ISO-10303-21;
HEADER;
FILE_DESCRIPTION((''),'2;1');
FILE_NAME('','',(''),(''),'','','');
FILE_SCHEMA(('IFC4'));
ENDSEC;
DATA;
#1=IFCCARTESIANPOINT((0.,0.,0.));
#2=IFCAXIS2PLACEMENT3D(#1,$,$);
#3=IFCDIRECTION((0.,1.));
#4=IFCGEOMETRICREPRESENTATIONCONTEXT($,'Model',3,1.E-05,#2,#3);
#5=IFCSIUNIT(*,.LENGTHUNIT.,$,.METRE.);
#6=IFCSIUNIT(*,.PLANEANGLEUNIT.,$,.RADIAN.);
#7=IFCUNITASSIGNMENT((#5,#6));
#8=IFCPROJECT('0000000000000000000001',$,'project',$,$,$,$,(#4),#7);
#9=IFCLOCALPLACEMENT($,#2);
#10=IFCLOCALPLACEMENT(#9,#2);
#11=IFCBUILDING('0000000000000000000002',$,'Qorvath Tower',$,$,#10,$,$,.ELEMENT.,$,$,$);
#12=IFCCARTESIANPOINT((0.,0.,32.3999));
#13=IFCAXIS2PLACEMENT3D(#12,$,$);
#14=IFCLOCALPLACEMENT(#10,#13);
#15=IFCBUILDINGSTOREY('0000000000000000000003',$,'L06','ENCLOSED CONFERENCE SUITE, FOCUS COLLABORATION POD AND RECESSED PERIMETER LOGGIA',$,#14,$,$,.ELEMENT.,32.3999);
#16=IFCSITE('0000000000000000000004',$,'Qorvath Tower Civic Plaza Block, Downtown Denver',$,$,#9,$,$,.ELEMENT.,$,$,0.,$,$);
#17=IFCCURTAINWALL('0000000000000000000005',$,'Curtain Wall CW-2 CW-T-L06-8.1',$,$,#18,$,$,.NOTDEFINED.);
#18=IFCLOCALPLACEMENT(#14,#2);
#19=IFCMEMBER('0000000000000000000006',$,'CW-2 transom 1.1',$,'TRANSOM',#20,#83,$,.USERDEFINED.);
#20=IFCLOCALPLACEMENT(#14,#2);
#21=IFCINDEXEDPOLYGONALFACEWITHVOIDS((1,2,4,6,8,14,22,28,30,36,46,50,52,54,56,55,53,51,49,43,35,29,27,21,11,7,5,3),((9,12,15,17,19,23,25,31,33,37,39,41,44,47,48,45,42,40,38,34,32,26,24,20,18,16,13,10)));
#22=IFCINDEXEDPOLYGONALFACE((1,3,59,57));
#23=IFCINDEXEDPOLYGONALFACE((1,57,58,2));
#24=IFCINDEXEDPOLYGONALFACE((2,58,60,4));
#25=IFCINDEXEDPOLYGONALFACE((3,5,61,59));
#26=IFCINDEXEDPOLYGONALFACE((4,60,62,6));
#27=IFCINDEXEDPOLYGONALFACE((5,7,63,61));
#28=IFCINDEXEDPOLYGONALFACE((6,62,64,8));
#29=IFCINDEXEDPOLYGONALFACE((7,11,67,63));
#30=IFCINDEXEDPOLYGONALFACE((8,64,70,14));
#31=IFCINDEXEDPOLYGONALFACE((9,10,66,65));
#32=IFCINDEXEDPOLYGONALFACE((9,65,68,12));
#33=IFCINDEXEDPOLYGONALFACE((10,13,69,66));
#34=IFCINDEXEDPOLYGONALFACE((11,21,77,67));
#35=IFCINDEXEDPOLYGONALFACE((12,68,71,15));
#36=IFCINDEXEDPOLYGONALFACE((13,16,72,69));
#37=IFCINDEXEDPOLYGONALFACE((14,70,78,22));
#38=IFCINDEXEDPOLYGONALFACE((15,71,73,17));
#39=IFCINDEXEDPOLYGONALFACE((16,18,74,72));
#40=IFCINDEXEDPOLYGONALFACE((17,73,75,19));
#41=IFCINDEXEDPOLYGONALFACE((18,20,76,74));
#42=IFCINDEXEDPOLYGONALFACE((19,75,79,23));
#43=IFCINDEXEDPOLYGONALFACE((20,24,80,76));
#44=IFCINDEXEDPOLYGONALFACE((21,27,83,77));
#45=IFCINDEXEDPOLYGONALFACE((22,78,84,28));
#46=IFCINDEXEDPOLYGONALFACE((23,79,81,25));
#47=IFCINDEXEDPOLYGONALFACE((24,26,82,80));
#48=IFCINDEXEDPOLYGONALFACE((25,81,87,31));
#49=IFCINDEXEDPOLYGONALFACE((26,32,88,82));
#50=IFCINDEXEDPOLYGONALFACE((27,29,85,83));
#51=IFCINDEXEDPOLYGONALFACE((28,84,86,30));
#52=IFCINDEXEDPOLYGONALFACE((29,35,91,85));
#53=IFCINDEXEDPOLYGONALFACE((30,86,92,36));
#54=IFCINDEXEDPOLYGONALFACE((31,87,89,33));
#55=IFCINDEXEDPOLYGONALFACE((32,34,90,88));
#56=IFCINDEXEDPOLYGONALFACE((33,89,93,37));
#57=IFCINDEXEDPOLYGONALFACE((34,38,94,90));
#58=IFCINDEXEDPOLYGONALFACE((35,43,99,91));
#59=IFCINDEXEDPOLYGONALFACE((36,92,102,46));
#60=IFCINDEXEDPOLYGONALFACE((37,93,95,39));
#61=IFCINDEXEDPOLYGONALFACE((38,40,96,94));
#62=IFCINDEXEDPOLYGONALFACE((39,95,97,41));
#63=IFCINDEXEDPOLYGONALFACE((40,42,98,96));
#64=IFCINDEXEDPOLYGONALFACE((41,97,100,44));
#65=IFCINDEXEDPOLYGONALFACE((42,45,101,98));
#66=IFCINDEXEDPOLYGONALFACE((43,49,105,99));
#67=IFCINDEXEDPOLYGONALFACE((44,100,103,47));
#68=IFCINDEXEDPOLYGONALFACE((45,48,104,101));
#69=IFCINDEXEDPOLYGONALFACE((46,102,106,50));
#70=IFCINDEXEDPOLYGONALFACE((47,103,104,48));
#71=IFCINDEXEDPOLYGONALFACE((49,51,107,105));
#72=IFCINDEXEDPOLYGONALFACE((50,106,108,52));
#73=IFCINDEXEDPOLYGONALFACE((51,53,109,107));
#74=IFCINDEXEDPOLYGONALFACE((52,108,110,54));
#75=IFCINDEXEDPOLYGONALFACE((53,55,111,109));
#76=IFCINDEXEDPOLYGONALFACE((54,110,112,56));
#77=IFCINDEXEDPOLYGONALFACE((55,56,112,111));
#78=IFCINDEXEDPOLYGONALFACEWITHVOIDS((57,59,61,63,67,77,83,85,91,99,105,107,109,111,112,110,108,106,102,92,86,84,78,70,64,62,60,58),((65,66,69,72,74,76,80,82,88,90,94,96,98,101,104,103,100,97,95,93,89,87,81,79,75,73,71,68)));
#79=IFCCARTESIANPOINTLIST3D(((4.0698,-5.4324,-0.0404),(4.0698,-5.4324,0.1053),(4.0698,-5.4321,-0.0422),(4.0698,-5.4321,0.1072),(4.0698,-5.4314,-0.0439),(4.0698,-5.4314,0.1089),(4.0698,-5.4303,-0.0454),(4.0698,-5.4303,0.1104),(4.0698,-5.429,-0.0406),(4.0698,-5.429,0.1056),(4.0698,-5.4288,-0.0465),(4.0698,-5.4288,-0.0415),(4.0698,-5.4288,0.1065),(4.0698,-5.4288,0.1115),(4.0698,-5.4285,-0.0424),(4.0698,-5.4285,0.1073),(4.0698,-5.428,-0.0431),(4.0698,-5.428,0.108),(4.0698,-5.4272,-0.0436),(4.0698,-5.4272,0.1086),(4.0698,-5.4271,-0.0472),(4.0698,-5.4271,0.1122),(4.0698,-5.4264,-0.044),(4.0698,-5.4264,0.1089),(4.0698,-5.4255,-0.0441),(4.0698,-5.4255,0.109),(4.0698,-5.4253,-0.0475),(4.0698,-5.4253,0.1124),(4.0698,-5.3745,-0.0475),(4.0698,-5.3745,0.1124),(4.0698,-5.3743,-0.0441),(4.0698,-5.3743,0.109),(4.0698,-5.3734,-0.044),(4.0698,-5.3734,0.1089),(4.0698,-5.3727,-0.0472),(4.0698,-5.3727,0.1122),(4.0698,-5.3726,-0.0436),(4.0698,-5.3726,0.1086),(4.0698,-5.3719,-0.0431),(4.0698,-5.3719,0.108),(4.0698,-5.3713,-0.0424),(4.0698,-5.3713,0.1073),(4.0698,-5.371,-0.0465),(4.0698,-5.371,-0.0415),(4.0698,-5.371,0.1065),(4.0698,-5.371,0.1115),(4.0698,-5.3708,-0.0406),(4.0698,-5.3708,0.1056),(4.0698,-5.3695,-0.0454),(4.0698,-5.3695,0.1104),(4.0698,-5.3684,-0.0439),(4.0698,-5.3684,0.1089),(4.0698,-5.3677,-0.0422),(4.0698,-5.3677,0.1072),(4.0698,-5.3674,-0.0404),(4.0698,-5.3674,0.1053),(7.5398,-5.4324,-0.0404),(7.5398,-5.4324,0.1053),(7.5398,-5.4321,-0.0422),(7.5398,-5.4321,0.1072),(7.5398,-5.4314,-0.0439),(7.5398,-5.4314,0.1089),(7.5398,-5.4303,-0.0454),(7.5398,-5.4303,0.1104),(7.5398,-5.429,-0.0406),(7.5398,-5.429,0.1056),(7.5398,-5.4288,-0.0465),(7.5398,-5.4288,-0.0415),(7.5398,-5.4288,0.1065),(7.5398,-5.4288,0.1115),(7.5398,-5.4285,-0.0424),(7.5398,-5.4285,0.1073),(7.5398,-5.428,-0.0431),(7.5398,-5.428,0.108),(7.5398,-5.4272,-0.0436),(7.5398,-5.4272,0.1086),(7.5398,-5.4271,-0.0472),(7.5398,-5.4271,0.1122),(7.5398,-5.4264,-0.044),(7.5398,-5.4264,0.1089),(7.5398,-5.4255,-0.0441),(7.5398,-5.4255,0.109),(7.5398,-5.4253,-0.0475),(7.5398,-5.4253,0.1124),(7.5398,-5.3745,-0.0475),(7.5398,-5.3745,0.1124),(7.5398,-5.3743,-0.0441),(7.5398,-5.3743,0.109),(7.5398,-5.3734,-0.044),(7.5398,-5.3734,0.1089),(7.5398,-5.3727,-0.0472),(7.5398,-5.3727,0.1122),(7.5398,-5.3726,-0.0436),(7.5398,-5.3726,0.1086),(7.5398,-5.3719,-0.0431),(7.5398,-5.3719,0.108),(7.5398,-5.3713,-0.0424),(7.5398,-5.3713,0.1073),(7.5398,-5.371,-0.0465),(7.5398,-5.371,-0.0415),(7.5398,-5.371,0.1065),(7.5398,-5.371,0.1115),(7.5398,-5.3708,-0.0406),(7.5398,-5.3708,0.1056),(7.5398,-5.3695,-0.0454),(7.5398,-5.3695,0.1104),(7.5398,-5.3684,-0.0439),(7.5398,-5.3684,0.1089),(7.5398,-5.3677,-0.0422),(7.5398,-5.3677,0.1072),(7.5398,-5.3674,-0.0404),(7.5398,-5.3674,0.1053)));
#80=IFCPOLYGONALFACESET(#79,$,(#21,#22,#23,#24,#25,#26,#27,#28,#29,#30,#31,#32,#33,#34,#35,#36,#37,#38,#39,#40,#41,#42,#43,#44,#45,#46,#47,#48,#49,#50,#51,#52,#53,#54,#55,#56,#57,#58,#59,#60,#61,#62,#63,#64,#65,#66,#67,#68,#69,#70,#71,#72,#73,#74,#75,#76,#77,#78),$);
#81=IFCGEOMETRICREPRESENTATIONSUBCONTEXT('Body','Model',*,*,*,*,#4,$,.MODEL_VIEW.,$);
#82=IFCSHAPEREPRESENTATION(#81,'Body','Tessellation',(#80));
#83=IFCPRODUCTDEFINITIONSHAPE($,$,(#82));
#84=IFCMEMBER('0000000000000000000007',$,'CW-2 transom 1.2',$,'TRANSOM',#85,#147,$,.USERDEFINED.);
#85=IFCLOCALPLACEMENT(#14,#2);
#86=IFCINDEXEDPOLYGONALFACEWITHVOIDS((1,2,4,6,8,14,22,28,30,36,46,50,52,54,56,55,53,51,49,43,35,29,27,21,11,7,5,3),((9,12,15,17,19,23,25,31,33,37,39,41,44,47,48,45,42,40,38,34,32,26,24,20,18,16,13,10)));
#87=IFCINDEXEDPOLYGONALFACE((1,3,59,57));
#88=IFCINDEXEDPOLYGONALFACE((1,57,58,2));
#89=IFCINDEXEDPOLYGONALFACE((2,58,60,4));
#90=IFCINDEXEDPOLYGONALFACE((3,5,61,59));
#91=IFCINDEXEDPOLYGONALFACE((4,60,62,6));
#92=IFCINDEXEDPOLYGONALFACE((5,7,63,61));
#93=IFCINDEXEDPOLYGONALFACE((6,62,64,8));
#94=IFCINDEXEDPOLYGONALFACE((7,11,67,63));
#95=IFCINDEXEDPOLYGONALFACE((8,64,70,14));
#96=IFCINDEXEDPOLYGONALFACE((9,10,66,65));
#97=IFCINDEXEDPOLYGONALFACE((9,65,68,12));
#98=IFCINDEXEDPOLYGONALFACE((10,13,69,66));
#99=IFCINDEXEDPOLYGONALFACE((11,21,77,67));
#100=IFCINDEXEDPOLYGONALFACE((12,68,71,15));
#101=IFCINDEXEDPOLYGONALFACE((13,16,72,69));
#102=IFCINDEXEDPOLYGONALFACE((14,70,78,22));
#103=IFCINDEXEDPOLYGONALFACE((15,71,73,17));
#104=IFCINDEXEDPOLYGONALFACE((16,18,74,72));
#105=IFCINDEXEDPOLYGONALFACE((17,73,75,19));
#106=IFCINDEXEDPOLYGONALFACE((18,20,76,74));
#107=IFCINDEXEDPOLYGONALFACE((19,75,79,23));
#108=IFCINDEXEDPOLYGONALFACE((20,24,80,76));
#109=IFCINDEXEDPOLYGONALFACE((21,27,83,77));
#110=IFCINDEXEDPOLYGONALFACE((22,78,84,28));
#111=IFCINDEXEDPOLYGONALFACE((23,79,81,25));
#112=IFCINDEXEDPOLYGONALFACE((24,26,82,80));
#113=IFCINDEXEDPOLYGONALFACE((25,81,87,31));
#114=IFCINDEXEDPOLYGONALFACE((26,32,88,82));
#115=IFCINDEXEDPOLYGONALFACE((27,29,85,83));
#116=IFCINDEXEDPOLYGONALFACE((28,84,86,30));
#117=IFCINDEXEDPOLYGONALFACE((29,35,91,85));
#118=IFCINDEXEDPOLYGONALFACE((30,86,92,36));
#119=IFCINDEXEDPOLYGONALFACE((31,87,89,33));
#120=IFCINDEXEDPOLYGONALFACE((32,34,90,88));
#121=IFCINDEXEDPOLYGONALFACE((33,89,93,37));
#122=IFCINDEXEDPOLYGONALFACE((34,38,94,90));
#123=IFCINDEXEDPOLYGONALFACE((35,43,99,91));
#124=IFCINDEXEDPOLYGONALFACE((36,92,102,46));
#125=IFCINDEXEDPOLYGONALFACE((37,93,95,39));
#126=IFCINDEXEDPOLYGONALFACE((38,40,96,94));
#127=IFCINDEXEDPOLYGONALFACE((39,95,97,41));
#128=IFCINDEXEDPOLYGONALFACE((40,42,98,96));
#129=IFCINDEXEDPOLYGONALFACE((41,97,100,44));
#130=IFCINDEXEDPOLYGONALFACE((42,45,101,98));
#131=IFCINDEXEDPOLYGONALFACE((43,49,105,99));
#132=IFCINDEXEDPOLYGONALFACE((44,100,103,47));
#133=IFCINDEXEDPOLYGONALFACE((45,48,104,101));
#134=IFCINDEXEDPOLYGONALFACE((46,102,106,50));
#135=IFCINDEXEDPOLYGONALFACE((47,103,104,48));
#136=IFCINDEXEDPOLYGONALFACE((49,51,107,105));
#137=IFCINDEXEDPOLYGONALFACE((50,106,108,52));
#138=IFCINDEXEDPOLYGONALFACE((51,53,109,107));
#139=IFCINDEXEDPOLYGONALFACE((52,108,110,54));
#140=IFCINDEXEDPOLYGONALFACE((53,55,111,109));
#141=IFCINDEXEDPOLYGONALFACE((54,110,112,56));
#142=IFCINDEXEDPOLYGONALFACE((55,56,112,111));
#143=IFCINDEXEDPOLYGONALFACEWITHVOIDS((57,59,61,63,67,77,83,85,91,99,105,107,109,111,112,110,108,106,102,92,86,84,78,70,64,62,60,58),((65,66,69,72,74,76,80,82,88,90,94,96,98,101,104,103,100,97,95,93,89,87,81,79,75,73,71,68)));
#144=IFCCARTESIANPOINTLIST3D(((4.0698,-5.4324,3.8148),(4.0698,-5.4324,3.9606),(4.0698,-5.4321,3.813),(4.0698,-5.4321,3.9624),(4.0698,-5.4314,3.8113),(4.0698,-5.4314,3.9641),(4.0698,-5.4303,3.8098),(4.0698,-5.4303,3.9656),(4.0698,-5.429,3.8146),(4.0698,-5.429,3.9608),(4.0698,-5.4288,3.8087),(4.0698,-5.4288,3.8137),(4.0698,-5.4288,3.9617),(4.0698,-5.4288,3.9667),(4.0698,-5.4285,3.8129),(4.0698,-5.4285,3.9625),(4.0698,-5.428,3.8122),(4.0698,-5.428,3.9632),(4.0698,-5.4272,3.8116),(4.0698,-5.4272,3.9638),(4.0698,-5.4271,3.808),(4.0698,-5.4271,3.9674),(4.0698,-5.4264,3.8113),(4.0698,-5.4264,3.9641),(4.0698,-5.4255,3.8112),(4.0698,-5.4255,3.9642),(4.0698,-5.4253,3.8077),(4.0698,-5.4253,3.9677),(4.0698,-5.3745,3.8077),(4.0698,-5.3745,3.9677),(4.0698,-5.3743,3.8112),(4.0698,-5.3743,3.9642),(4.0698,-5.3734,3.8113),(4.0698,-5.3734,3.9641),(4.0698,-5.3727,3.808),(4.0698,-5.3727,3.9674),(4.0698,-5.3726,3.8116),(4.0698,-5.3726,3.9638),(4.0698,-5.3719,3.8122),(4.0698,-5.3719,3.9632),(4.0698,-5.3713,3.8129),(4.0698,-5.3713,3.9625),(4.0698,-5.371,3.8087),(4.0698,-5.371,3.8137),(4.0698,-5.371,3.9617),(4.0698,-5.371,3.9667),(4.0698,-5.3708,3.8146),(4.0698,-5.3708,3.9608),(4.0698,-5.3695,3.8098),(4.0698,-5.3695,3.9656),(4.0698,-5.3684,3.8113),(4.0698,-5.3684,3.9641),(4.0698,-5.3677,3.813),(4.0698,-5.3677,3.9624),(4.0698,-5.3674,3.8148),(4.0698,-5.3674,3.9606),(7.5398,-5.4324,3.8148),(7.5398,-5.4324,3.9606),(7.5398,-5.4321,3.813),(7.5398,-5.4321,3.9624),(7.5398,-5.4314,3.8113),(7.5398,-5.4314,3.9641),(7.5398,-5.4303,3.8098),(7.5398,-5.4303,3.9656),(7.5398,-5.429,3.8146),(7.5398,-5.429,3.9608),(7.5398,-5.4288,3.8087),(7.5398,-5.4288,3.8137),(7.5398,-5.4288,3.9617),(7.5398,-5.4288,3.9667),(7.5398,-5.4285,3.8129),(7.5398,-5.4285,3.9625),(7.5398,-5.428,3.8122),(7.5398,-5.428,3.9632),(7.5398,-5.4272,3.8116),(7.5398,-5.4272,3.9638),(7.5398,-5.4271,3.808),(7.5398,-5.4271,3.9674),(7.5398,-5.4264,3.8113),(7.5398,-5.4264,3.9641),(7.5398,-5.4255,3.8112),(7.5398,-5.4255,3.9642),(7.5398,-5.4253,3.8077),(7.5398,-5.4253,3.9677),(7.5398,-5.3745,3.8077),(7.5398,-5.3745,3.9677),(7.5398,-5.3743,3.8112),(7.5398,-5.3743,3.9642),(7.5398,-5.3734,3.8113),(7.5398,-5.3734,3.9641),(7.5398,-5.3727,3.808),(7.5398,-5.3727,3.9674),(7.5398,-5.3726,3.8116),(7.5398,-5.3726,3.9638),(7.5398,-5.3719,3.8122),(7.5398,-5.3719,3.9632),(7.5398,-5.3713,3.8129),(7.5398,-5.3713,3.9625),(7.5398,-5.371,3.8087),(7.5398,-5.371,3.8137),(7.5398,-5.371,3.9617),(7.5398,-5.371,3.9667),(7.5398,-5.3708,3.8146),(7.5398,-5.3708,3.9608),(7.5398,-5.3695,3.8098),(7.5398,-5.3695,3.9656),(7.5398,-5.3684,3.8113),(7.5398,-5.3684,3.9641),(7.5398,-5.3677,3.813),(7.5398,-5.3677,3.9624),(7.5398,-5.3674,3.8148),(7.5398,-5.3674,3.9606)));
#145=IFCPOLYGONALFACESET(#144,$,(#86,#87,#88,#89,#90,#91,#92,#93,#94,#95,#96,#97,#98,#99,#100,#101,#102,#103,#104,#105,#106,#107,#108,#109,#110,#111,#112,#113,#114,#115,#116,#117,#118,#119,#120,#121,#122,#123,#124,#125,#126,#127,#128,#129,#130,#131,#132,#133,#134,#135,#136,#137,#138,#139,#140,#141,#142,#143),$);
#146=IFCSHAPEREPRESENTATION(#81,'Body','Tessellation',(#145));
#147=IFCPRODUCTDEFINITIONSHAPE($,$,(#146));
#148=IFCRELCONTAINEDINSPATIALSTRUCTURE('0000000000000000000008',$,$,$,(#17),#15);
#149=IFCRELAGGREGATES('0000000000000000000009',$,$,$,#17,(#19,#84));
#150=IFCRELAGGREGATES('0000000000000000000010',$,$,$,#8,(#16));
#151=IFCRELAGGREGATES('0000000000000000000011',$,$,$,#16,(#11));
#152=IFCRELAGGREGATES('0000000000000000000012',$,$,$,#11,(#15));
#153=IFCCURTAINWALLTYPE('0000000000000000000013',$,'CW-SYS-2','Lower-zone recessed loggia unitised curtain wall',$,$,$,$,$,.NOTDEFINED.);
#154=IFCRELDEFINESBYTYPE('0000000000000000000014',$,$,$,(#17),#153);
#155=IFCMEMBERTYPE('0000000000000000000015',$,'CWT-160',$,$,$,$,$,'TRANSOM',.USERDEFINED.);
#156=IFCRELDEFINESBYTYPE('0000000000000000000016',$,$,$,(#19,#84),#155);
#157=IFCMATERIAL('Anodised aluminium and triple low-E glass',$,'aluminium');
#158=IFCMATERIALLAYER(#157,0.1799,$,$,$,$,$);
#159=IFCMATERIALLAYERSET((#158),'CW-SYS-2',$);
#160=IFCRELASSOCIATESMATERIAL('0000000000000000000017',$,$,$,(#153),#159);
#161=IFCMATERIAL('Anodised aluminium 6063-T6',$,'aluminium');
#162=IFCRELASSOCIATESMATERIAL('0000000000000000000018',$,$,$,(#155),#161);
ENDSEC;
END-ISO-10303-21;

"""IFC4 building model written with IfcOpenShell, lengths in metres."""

from ifc_helpers import new_model, si_unit, direction, frame, origin, origin_2d, place, context, subcontext, project, spatial, hollow_rectangle, extrude, material, layer, layer_set, material_profile, profile_set, type_object, element, aggregate, save


model = new_model("IFC4")

# Units and contexts
model_context = context("Model", 3, precision=1e-05, world=origin(), true_north=direction((0.0, 1.0)))
body_context = subcontext(model_context, "Body", "Model", "MODEL_VIEW")
ifc_project = project(units=[si_unit("LENGTHUNIT", "METRE"), si_unit("PLANEANGLEUNIT", "RADIAN")], contexts=[model_context])

# Site, building, storey
site_placement = place(None, origin())
site = spatial("IfcSite", under=ifc_project, at=site_placement, Name="Qorvath Tower Civic Plaza Block, Downtown Denver", CompositionType="ELEMENT", RefElevation=0.0)
building_placement = place(site_placement, origin())
building = spatial("IfcBuilding", under=site, at=building_placement, Name="Qorvath Tower", CompositionType="ELEMENT")
storey_placement = place(building_placement, frame((0.0, 0.0, 32.3999)))
storey = spatial("IfcBuildingStorey", under=building, at=storey_placement, Name="L06", Description="ENCLOSED CONFERENCE SUITE, FOCUS COLLABORATION POD AND RECESSED PERIMETER LOGGIA", CompositionType="ELEMENT", Elevation=32.3999)

# Shared definitions
ifc_material_1 = material(Name="Anodised aluminium and triple low-E glass", Category="aluminium")
ifc_layer_1 = layer(ifc_material_1, 0.1799)
ifc_layer_set_1 = layer_set([ifc_layer_1], Name="CW-SYS-2")
curtain_wall_type = type_object("IfcCurtainWallType", Name="CW-SYS-2", Description="Lower-zone recessed loggia unitised curtain wall", PredefinedType="NOTDEFINED", material=ifc_layer_set_1)

# Curtain wall
curtain_wall_1_placement = place(storey_placement, origin())
curtain_wall_1 = element("IfcCurtainWall", 1, at=curtain_wall_1_placement, inside=storey, type_object=curtain_wall_type, Name="Curtain Wall CW-2 CW-T-L06-8.1", PredefinedType="NOTDEFINED")

# Members
ifc_material_2 = material(Name="Anodised aluminium 6063-T6", Category="aluminium")
ifc_material_profile_1 = material_profile(ifc_material_2, hollow_rectangle(XDim=0.0649, YDim=0.1599, WallThickness=0.0034, InnerFilletRadius=0.0034, OuterFilletRadius=0.0071, at=origin_2d()), Name="CWT 160x65")
ifc_profile_set_1 = profile_set([ifc_material_profile_1], Name="Anodised aluminium 6063-T6")
member_type_1 = type_object("IfcMemberType", Name="CWT-160", ElementType="TRANSOM", PredefinedType="USERDEFINED", material=ifc_profile_set_1)
member_1_placement = place(storey_placement, frame((7.5398, -5.3999, 0.0325), z_axis=(-1.0, 0.0, 0.0), x_axis=(0.0, -1.0, 0.0)))
member_1 = element("IfcMember", 2, at=member_1_placement, type_object=member_type_1, Name="CW-2 transom 1.1", ObjectType="TRANSOM", PredefinedType="USERDEFINED", context=body_context, shape_type="SweptSolid", body=[
    extrude(hollow_rectangle(XDim=0.0649, YDim=0.1599, WallThickness=0.0034, InnerFilletRadius=0.0034, OuterFilletRadius=0.0071, at=origin_2d()), origin(), (0.0, 0.0, 1.0), 3.47),
])
member_2_placement = place(storey_placement, frame((7.5398, -5.3999, 3.8877), z_axis=(-1.0, 0.0, 0.0), x_axis=(0.0, -1.0, 0.0)))
member_2 = element("IfcMember", 3, at=member_2_placement, type_object=member_type_1, Name="CW-2 transom 1.2", ObjectType="TRANSOM", PredefinedType="USERDEFINED", context=body_context, shape_type="SweptSolid", body=[
    extrude(hollow_rectangle(XDim=0.0649, YDim=0.1599, WallThickness=0.0034, InnerFilletRadius=0.0034, OuterFilletRadius=0.0071, at=origin_2d()), origin(), (0.0, 0.0, 1.0), 3.47),
])

aggregate(curtain_wall_1, [member_1, member_2])

save(model, "model.ifc")
